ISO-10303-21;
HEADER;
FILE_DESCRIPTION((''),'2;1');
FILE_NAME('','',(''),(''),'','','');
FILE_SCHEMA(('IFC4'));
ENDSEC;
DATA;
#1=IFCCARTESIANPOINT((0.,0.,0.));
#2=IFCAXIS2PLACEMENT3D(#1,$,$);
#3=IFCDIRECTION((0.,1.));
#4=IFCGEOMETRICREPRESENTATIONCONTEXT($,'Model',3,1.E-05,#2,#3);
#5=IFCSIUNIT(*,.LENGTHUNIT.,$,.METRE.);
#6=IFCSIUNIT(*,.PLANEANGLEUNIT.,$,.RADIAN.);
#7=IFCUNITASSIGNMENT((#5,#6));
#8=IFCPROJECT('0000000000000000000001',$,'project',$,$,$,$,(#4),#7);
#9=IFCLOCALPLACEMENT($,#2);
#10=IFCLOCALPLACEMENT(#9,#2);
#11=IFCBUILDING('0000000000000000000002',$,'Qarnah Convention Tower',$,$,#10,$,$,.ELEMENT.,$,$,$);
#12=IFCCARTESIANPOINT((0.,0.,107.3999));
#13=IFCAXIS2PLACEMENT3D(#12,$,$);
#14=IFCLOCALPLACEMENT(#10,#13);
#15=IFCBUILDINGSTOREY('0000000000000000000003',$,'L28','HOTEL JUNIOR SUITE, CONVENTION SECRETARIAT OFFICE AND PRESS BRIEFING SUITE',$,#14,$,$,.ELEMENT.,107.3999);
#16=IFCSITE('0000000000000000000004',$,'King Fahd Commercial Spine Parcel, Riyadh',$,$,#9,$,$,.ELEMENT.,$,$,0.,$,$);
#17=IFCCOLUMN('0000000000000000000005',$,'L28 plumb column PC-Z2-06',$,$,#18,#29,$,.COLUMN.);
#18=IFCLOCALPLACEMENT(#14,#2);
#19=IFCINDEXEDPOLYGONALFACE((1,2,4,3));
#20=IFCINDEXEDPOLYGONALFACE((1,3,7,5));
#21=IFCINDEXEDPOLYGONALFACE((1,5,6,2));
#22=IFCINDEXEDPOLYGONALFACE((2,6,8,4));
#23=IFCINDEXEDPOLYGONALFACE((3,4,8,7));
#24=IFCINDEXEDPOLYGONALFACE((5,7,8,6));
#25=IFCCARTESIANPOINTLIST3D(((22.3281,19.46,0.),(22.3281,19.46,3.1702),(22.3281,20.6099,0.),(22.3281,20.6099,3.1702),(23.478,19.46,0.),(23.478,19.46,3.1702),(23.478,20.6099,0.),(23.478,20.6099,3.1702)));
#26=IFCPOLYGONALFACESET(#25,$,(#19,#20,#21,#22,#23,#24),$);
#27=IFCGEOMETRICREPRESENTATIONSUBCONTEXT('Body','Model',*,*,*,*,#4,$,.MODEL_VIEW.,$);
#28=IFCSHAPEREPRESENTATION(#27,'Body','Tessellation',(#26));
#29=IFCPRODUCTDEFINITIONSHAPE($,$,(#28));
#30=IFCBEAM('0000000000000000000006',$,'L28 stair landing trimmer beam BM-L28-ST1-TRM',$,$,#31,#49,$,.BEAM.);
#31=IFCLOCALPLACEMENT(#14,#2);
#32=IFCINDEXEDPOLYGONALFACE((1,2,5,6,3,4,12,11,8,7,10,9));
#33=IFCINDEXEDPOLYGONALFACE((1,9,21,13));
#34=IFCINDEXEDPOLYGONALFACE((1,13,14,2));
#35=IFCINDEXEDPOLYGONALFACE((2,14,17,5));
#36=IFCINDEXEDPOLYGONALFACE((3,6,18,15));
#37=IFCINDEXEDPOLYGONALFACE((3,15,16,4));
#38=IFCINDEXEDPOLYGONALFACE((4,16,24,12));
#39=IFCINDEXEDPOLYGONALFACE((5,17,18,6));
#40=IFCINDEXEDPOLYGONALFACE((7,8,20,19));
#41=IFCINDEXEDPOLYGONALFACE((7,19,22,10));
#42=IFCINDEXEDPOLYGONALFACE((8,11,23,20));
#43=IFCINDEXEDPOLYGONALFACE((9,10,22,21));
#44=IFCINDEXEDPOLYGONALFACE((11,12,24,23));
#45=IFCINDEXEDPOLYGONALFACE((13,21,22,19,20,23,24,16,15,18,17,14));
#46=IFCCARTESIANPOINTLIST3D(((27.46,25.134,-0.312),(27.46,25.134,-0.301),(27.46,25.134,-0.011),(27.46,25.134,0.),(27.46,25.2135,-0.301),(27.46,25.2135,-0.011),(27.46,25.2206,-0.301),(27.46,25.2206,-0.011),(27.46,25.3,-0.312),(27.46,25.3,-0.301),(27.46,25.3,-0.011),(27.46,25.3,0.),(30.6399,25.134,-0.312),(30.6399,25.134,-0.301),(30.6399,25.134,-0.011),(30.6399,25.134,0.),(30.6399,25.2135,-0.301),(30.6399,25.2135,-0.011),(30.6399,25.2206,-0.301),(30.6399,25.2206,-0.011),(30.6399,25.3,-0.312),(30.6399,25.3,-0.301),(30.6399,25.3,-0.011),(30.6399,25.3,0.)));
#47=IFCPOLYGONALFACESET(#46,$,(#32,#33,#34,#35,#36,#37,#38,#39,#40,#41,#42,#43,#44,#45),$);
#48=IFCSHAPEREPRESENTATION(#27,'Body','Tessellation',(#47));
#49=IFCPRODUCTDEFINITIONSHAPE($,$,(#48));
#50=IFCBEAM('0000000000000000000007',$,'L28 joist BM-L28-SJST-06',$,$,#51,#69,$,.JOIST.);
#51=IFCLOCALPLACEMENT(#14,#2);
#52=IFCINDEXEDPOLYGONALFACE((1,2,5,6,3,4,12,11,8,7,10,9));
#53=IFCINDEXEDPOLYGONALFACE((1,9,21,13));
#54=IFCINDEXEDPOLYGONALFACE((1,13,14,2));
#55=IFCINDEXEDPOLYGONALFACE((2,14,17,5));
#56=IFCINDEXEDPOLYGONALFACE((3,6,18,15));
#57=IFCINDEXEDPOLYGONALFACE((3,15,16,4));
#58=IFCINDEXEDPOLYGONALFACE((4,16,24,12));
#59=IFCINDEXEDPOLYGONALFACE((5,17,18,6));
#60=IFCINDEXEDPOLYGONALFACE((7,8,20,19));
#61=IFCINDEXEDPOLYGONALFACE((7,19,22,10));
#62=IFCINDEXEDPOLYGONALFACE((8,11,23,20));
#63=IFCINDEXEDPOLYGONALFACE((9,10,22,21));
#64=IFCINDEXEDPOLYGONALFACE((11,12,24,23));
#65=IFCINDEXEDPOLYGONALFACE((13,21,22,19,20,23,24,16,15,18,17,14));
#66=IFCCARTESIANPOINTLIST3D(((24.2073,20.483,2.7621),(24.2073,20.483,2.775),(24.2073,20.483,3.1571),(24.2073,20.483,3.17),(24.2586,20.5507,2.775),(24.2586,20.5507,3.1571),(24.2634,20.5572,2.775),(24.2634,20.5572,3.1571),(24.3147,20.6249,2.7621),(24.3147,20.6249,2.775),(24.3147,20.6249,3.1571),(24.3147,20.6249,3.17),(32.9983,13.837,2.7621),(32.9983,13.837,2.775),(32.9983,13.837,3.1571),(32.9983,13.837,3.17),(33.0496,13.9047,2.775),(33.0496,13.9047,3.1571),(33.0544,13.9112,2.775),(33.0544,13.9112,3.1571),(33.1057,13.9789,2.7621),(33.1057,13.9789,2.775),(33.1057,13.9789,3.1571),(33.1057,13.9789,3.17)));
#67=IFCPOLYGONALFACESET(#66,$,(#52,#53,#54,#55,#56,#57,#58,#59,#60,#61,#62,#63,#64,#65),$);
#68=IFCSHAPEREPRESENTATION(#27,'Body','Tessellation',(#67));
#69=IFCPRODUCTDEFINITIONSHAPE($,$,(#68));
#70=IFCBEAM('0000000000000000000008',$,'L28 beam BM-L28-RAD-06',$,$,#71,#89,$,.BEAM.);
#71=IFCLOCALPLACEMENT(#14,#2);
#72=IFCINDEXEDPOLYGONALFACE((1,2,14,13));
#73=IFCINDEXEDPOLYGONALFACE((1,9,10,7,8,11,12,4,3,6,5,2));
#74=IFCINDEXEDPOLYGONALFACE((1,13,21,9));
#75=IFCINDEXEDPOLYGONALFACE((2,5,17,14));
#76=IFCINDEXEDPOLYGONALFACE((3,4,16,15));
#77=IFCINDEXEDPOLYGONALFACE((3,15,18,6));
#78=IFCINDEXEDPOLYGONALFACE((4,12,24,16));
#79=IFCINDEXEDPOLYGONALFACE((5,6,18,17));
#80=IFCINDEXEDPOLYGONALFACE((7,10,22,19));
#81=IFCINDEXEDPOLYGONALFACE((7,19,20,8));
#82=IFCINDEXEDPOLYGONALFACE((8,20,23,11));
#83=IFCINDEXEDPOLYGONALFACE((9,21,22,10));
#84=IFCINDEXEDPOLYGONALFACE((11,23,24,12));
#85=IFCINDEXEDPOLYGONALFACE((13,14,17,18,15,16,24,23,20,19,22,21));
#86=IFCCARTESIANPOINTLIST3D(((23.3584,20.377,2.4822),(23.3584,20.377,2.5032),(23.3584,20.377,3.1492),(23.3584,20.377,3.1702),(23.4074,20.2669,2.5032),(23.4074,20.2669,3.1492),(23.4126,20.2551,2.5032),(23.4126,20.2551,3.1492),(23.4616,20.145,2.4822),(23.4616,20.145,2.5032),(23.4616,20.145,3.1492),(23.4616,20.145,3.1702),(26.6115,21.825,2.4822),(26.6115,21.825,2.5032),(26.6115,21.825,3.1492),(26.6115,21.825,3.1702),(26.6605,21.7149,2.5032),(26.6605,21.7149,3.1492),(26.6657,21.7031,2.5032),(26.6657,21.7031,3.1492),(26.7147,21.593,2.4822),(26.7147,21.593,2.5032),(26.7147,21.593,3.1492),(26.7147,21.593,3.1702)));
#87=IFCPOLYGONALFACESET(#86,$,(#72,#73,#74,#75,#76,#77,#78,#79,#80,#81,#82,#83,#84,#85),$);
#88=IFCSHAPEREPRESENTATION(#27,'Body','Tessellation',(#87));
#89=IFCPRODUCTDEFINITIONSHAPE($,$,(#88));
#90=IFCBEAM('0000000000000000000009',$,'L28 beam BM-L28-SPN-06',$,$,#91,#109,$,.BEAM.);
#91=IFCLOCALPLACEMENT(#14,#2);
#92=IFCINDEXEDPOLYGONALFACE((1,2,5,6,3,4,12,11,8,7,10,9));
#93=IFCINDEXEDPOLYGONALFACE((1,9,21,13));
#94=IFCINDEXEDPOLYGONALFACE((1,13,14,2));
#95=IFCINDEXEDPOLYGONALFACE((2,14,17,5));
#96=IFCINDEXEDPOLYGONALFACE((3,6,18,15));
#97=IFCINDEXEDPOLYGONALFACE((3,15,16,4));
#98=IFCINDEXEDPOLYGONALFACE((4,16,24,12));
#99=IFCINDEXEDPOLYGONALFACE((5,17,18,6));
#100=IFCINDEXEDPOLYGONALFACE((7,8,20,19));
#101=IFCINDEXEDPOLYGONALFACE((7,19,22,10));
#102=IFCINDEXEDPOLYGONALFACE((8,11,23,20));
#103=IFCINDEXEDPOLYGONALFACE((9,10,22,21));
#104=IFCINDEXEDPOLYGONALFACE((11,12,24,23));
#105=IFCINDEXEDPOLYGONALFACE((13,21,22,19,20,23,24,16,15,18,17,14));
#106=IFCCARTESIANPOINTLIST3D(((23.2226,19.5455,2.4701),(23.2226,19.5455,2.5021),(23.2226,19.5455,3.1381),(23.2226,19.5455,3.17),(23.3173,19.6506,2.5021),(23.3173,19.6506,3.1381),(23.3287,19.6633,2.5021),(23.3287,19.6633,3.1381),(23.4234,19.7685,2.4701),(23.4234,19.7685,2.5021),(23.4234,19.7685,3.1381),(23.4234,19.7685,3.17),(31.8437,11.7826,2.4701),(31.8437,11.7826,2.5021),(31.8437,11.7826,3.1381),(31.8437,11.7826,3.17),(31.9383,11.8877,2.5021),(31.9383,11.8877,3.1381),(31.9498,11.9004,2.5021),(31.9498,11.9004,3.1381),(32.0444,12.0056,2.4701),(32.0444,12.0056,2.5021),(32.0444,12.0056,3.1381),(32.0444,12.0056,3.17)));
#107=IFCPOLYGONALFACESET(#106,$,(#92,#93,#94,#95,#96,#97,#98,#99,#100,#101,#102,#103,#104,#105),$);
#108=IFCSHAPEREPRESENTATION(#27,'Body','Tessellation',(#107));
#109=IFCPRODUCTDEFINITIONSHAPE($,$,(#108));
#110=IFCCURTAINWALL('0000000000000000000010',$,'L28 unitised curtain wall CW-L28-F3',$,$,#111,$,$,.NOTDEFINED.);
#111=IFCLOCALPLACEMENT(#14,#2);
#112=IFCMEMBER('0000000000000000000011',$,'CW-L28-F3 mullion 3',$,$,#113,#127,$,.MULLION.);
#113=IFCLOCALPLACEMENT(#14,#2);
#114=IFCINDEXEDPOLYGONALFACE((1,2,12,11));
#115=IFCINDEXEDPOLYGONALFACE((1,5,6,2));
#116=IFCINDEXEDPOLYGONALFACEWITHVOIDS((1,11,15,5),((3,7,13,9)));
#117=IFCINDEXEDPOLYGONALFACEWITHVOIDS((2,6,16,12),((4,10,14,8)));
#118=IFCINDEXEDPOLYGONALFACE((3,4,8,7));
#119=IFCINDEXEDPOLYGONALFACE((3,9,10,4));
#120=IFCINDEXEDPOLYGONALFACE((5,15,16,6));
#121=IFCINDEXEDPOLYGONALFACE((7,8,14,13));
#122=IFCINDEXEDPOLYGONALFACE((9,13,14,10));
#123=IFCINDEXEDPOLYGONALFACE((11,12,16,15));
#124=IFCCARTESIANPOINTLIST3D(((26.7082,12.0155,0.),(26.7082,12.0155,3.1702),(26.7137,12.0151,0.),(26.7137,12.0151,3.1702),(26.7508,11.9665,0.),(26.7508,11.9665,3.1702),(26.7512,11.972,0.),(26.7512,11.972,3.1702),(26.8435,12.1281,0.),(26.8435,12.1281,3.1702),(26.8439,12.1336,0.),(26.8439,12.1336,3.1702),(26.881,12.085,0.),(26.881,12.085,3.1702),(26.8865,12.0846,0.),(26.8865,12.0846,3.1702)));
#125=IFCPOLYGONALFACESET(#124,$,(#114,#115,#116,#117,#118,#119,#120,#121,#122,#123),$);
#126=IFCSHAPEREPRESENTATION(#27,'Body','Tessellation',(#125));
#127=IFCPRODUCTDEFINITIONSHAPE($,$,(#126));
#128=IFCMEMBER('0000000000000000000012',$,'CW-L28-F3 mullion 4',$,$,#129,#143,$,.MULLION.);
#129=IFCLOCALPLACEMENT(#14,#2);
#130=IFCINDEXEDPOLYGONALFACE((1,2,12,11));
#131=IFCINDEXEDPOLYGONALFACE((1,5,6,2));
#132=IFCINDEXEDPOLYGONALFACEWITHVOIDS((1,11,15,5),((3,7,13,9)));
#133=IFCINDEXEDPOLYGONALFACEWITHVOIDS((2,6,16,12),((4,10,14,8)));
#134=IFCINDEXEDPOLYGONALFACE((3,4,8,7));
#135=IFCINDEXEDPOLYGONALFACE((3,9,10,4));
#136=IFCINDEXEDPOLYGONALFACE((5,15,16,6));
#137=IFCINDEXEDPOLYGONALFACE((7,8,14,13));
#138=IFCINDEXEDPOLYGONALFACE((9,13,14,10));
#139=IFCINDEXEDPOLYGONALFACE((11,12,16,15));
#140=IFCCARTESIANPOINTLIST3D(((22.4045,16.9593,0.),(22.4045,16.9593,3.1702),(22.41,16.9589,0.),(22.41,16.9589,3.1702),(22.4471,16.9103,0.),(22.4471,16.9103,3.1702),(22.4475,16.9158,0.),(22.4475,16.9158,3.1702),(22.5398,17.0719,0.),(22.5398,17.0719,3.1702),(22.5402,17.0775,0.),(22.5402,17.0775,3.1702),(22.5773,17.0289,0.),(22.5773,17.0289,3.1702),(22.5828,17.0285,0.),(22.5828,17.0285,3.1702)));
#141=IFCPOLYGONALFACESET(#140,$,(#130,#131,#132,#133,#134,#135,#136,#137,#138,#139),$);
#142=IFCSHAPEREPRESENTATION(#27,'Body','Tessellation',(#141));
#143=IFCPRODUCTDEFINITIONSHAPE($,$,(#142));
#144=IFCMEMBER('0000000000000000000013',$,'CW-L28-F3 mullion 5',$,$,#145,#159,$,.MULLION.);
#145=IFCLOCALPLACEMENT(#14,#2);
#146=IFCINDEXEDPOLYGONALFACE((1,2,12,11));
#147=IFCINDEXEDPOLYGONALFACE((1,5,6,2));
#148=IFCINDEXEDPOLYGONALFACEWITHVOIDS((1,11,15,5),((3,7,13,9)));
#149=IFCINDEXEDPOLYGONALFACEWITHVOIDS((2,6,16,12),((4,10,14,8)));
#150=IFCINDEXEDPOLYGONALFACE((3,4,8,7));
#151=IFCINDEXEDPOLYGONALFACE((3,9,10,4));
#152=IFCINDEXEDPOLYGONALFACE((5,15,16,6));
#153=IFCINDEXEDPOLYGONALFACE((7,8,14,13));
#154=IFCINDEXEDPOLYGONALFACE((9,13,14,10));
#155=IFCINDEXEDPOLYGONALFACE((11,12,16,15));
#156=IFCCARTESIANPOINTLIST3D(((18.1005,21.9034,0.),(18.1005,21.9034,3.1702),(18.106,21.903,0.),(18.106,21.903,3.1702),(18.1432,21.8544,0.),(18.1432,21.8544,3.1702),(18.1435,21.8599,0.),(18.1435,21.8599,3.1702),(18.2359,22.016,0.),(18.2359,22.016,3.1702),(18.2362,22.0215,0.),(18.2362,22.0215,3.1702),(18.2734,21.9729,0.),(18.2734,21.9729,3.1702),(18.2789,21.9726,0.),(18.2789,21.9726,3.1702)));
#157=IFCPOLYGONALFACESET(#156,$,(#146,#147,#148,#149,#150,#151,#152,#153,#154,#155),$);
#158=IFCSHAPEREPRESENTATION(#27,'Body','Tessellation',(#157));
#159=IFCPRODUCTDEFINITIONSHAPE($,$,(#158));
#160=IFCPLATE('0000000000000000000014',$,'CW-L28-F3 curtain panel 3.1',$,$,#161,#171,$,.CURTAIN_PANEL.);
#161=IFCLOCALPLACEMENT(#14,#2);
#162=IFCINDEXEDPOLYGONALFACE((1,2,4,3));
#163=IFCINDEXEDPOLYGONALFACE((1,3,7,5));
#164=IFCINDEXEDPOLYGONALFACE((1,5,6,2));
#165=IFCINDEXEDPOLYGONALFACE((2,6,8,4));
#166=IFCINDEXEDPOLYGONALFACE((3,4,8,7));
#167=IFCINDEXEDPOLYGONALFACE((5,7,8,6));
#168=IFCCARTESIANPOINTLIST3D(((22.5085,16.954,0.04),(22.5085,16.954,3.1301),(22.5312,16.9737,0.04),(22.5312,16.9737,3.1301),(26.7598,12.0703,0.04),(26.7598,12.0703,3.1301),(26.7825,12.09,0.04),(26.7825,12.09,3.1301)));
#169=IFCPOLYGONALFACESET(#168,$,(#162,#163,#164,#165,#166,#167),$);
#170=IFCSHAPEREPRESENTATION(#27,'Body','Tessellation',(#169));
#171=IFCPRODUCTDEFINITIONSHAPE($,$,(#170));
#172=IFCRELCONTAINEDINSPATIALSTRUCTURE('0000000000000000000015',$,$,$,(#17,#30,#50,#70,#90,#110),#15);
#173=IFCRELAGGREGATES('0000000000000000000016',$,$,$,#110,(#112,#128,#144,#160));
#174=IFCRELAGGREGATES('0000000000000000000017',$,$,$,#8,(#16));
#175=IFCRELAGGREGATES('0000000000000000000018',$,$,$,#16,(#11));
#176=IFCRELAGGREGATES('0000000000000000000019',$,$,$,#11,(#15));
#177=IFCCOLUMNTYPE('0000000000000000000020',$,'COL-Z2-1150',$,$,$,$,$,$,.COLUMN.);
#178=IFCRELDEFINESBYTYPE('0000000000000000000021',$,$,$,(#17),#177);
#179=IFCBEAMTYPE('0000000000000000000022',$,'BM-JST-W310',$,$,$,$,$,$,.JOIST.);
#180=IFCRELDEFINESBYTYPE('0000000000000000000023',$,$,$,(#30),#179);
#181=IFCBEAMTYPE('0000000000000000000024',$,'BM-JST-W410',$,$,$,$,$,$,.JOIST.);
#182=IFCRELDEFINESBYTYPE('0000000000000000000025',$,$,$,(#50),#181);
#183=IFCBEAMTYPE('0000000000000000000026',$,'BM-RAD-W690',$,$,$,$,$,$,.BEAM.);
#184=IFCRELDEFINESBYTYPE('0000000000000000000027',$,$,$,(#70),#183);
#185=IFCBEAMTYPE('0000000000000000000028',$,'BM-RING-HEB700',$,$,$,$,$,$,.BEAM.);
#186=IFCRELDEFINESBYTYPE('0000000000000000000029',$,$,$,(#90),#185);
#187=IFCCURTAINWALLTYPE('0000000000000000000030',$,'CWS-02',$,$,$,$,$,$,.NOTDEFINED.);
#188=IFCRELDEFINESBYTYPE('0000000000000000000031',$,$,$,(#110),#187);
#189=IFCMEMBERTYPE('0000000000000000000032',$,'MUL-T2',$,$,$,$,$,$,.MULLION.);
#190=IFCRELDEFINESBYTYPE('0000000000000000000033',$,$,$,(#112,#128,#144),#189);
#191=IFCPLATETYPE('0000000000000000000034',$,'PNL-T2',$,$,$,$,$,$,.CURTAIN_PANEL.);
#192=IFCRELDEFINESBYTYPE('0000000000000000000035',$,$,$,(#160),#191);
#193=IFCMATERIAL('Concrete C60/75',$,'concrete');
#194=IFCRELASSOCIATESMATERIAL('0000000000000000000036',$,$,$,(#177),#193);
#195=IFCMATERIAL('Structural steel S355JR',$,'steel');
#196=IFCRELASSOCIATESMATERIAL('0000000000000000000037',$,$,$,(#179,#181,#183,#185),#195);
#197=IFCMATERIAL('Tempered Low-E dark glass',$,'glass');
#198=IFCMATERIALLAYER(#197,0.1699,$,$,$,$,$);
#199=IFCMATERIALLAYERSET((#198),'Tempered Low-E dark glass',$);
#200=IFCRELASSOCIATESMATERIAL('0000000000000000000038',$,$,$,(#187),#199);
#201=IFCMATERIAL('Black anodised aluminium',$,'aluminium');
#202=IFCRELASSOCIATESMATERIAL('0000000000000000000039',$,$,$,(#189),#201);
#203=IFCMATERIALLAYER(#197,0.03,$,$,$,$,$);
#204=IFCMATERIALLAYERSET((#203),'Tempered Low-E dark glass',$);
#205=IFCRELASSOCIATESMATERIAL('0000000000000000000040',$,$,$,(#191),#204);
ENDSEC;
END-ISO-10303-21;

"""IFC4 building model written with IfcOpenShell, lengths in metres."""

from ifc_helpers import new_model, si_unit, direction, frame, origin, origin_2d, place, context, subcontext, project, spatial, rectangle, hollow_rectangle, i_section, extrude, material, layer, layer_set, material_profile, profile_set, type_object, element, aggregate, save


model = new_model("IFC4")

# Units and contexts
model_context = context("Model", 3, precision=1e-05, world=origin(), true_north=direction((0.0, 1.0)))
body_context = subcontext(model_context, "Body", "Model", "MODEL_VIEW")
ifc_project = project(units=[si_unit("LENGTHUNIT", "METRE"), si_unit("PLANEANGLEUNIT", "RADIAN")], contexts=[model_context])

# Site, building, storey
site_placement = place(None, origin())
site = spatial("IfcSite", under=ifc_project, at=site_placement, Name="King Fahd Commercial Spine Parcel, Riyadh", CompositionType="ELEMENT", RefElevation=0.0)
building_placement = place(site_placement, origin())
building = spatial("IfcBuilding", under=site, at=building_placement, Name="Qarnah Convention Tower", CompositionType="ELEMENT")
storey_placement = place(building_placement, frame((0.0, 0.0, 107.3999)))
storey = spatial("IfcBuildingStorey", under=building, at=storey_placement, Name="L28", Description="HOTEL JUNIOR SUITE, CONVENTION SECRETARIAT OFFICE AND PRESS BRIEFING SUITE", CompositionType="ELEMENT", Elevation=107.3999)

# Column
ifc_material_1 = material(Name="Concrete C60/75", Category="concrete")
ifc_material_profile_1 = material_profile(ifc_material_1, rectangle(XDim=1.1499, YDim=1.1499, at=origin_2d()), Name="RC-COL-1150X1150")
ifc_profile_set_1 = profile_set([ifc_material_profile_1], Name="Concrete C60/75")
column_type = type_object("IfcColumnType", Name="COL-Z2-1150", PredefinedType="COLUMN", material=ifc_profile_set_1)
column_placement = place(storey_placement, frame((22.9031, 20.0349, 0.0), z_axis=(0.0, 0.0, 1.0), x_axis=(1.0, 0.0, 0.0)))
element("IfcColumn", 1, at=column_placement, inside=storey, type_object=column_type, Name="L28 plumb column PC-Z2-06", PredefinedType="COLUMN", context=body_context, shape_type="SweptSolid", body=[
    extrude(rectangle(XDim=1.1499, YDim=1.1499, at=origin_2d()), origin(), (0.0, 0.0, 1.0), 3.1702),
])

# Beams
ifc_material_2 = material(Name="Structural steel S355JR", Category="steel")
ifc_material_profile_2 = material_profile(ifc_material_2, i_section(OverallWidth=0.166, OverallDepth=0.312, WebThickness=0.0071, FlangeThickness=0.011, at=origin_2d()), Name="W310X45")
ifc_profile_set_2 = profile_set([ifc_material_profile_2], Name="Structural steel S355JR")
beam_type_1 = type_object("IfcBeamType", Name="BM-JST-W310", PredefinedType="JOIST", material=ifc_profile_set_2)
beam_1_placement = place(storey_placement, frame((27.46, 25.217, -0.156), z_axis=(1.0, 0.0, 0.0), x_axis=(0.0, 1.0, 0.0)))
element("IfcBeam", 2, at=beam_1_placement, inside=storey, type_object=beam_type_1, Name="L28 stair landing trimmer beam BM-L28-ST1-TRM", PredefinedType="BEAM", context=body_context, shape_type="SweptSolid", body=[
    extrude(i_section(OverallWidth=0.166, OverallDepth=0.312, WebThickness=0.0071, FlangeThickness=0.011, at=origin_2d()), origin(), (0.0, 0.0, 1.0), 3.1799),
])
ifc_material_profile_3 = material_profile(ifc_material_2, i_section(OverallWidth=0.178, OverallDepth=0.408, WebThickness=0.0081, FlangeThickness=0.0129, at=origin_2d()), Name="W410X60")
ifc_profile_set_3 = profile_set([ifc_material_profile_3], Name="Structural steel S355JR")
beam_type_2 = type_object("IfcBeamType", Name="BM-JST-W410", PredefinedType="JOIST", material=ifc_profile_set_3)
beam_2_placement = place(storey_placement, frame((24.261, 20.554, 2.9661), z_axis=(0.797697, -0.603058, 0.0), x_axis=(0.603058, 0.797697, 0.0)))
element("IfcBeam", 3, at=beam_2_placement, inside=storey, type_object=beam_type_2, Name="L28 joist BM-L28-SJST-06", PredefinedType="JOIST", context=body_context, shape_type="SweptSolid", body=[
    extrude(i_section(OverallWidth=0.178, OverallDepth=0.408, WebThickness=0.0081, FlangeThickness=0.0129, at=origin_2d()), origin(), (0.0, 0.0, 1.0), 11.0205),
])
ifc_material_profile_4 = material_profile(ifc_material_2, i_section(OverallWidth=0.2539, OverallDepth=0.688, WebThickness=0.0129, FlangeThickness=0.021, at=origin_2d()), Name="W690X152")
ifc_profile_set_4 = profile_set([ifc_material_profile_4], Name="Structural steel S355JR")
beam_type_3 = type_object("IfcBeamType", Name="BM-RAD-W690", PredefinedType="BEAM", material=ifc_profile_set_4)
beam_3_placement = place(storey_placement, frame((26.6631, 21.709, 2.8262), z_axis=(-0.913588, -0.406641, 0.0), x_axis=(0.406641, -0.913588, 0.0)))
element("IfcBeam", 4, at=beam_3_placement, inside=storey, type_object=beam_type_3, Name="L28 beam BM-L28-RAD-06", PredefinedType="BEAM", context=body_context, shape_type="SweptSolid", body=[
    extrude(i_section(OverallWidth=0.2539, OverallDepth=0.688, WebThickness=0.0129, FlangeThickness=0.021, at=origin_2d()), origin(), (0.0, 0.0, 1.0), 3.5608),
])
ifc_material_profile_5 = material_profile(ifc_material_2, i_section(OverallWidth=0.3, OverallDepth=0.7, WebThickness=0.0171, FlangeThickness=0.032, at=origin_2d()), Name="HEB700")
ifc_profile_set_5 = profile_set([ifc_material_profile_5], Name="Structural steel S355JR")
beam_type_4 = type_object("IfcBeamType", Name="BM-RING-HEB700", PredefinedType="BEAM", material=ifc_profile_set_5)
beam_4_placement = place(storey_placement, frame((23.323, 19.657, 2.8201), z_axis=(0.743125, -0.669153, 0.0), x_axis=(0.669153, 0.743125, 0.0)))
element("IfcBeam", 5, at=beam_4_placement, inside=storey, type_object=beam_type_4, Name="L28 beam BM-L28-SPN-06", PredefinedType="BEAM", context=body_context, shape_type="SweptSolid", body=[
    extrude(i_section(OverallWidth=0.3, OverallDepth=0.7, WebThickness=0.0171, FlangeThickness=0.032, at=origin_2d()), origin(), (0.0, 0.0, 1.0), 11.6011),
])

# Curtain wall, members, plate
ifc_material_3 = material(Name="Tempered Low-E dark glass", Category="glass")
ifc_layer_1 = layer(ifc_material_3, 0.1699)
ifc_layer_set_1 = layer_set([ifc_layer_1], Name="Tempered Low-E dark glass")
curtain_wall_type = type_object("IfcCurtainWallType", Name="CWS-02", PredefinedType="NOTDEFINED", material=ifc_layer_set_1)
curtain_wall_placement = place(storey_placement, origin())
curtain_wall = element("IfcCurtainWall", 6, at=curtain_wall_placement, inside=storey, type_object=curtain_wall_type, Name="L28 unitised curtain wall CW-L28-F3", PredefinedType="NOTDEFINED")
ifc_material_4 = material(Name="Black anodised aluminium", Category="aluminium")
ifc_material_profile_6 = material_profile(ifc_material_4, hollow_rectangle(XDim=0.0649, YDim=0.1799, WallThickness=0.0039, at=origin_2d()), Name="MUL-65X180")
ifc_profile_set_6 = profile_set([ifc_material_profile_6], Name="Black anodised aluminium")
member_type = type_object("IfcMemberType", Name="MUL-T2", PredefinedType="MULLION", material=ifc_profile_set_6)
member_1_placement = place(storey_placement, frame((26.7974, 12.05, 0.0), z_axis=(0.0, 0.0, 1.0), x_axis=(-0.656584, 0.754253, 0.0)))
member_1 = element("IfcMember", 7, at=member_1_placement, type_object=member_type, Name="CW-L28-F3 mullion 3", PredefinedType="MULLION", context=body_context, shape_type="SweptSolid", body=[
    extrude(hollow_rectangle(XDim=0.0649, YDim=0.1799, WallThickness=0.0039, at=origin_2d()), origin(), (0.0, 0.0, 1.0), 3.1702),
])
member_2_placement = place(storey_placement, frame((22.4937, 16.9939, 0.0), z_axis=(0.0, 0.0, 1.0), x_axis=(-0.656584, 0.754253, 0.0)))
member_2 = element("IfcMember", 8, at=member_2_placement, type_object=member_type, Name="CW-L28-F3 mullion 4", PredefinedType="MULLION", context=body_context, shape_type="SweptSolid", body=[
    extrude(hollow_rectangle(XDim=0.0649, YDim=0.1799, WallThickness=0.0039, at=origin_2d()), origin(), (0.0, 0.0, 1.0), 3.1702),
])
member_3_placement = place(storey_placement, frame((18.1897, 21.938, 0.0), z_axis=(0.0, 0.0, 1.0), x_axis=(-0.656584, 0.754253, 0.0)))
member_3 = element("IfcMember", 9, at=member_3_placement, type_object=member_type, Name="CW-L28-F3 mullion 5", PredefinedType="MULLION", context=body_context, shape_type="SweptSolid", body=[
    extrude(hollow_rectangle(XDim=0.0649, YDim=0.1799, WallThickness=0.0039, at=origin_2d()), origin(), (0.0, 0.0, 1.0), 3.1702),
])
ifc_layer_2 = layer(ifc_material_3, 0.03)
ifc_layer_set_2 = layer_set([ifc_layer_2], Name="Tempered Low-E dark glass")
plate_type = type_object("IfcPlateType", Name="PNL-T2", PredefinedType="CURTAIN_PANEL", material=ifc_layer_set_2)
plate_1_placement = place(storey_placement, frame((24.6455, 14.522, 0.04), z_axis=(0.0, 0.0, 1.0), x_axis=(-0.656584, 0.754253, 0.0)))
plate_1 = element("IfcPlate", 10, at=plate_1_placement, type_object=plate_type, Name="CW-L28-F3 curtain panel 3.1", PredefinedType="CURTAIN_PANEL", context=body_context, shape_type="SweptSolid", body=[
    extrude(rectangle(XDim=6.4749, YDim=0.03, at=origin_2d()), origin(), (0.0, 0.0, 1.0), 3.0901),
])
aggregate(curtain_wall, [member_1, member_2, member_3, plate_1])

save(model, "model.ifc")
